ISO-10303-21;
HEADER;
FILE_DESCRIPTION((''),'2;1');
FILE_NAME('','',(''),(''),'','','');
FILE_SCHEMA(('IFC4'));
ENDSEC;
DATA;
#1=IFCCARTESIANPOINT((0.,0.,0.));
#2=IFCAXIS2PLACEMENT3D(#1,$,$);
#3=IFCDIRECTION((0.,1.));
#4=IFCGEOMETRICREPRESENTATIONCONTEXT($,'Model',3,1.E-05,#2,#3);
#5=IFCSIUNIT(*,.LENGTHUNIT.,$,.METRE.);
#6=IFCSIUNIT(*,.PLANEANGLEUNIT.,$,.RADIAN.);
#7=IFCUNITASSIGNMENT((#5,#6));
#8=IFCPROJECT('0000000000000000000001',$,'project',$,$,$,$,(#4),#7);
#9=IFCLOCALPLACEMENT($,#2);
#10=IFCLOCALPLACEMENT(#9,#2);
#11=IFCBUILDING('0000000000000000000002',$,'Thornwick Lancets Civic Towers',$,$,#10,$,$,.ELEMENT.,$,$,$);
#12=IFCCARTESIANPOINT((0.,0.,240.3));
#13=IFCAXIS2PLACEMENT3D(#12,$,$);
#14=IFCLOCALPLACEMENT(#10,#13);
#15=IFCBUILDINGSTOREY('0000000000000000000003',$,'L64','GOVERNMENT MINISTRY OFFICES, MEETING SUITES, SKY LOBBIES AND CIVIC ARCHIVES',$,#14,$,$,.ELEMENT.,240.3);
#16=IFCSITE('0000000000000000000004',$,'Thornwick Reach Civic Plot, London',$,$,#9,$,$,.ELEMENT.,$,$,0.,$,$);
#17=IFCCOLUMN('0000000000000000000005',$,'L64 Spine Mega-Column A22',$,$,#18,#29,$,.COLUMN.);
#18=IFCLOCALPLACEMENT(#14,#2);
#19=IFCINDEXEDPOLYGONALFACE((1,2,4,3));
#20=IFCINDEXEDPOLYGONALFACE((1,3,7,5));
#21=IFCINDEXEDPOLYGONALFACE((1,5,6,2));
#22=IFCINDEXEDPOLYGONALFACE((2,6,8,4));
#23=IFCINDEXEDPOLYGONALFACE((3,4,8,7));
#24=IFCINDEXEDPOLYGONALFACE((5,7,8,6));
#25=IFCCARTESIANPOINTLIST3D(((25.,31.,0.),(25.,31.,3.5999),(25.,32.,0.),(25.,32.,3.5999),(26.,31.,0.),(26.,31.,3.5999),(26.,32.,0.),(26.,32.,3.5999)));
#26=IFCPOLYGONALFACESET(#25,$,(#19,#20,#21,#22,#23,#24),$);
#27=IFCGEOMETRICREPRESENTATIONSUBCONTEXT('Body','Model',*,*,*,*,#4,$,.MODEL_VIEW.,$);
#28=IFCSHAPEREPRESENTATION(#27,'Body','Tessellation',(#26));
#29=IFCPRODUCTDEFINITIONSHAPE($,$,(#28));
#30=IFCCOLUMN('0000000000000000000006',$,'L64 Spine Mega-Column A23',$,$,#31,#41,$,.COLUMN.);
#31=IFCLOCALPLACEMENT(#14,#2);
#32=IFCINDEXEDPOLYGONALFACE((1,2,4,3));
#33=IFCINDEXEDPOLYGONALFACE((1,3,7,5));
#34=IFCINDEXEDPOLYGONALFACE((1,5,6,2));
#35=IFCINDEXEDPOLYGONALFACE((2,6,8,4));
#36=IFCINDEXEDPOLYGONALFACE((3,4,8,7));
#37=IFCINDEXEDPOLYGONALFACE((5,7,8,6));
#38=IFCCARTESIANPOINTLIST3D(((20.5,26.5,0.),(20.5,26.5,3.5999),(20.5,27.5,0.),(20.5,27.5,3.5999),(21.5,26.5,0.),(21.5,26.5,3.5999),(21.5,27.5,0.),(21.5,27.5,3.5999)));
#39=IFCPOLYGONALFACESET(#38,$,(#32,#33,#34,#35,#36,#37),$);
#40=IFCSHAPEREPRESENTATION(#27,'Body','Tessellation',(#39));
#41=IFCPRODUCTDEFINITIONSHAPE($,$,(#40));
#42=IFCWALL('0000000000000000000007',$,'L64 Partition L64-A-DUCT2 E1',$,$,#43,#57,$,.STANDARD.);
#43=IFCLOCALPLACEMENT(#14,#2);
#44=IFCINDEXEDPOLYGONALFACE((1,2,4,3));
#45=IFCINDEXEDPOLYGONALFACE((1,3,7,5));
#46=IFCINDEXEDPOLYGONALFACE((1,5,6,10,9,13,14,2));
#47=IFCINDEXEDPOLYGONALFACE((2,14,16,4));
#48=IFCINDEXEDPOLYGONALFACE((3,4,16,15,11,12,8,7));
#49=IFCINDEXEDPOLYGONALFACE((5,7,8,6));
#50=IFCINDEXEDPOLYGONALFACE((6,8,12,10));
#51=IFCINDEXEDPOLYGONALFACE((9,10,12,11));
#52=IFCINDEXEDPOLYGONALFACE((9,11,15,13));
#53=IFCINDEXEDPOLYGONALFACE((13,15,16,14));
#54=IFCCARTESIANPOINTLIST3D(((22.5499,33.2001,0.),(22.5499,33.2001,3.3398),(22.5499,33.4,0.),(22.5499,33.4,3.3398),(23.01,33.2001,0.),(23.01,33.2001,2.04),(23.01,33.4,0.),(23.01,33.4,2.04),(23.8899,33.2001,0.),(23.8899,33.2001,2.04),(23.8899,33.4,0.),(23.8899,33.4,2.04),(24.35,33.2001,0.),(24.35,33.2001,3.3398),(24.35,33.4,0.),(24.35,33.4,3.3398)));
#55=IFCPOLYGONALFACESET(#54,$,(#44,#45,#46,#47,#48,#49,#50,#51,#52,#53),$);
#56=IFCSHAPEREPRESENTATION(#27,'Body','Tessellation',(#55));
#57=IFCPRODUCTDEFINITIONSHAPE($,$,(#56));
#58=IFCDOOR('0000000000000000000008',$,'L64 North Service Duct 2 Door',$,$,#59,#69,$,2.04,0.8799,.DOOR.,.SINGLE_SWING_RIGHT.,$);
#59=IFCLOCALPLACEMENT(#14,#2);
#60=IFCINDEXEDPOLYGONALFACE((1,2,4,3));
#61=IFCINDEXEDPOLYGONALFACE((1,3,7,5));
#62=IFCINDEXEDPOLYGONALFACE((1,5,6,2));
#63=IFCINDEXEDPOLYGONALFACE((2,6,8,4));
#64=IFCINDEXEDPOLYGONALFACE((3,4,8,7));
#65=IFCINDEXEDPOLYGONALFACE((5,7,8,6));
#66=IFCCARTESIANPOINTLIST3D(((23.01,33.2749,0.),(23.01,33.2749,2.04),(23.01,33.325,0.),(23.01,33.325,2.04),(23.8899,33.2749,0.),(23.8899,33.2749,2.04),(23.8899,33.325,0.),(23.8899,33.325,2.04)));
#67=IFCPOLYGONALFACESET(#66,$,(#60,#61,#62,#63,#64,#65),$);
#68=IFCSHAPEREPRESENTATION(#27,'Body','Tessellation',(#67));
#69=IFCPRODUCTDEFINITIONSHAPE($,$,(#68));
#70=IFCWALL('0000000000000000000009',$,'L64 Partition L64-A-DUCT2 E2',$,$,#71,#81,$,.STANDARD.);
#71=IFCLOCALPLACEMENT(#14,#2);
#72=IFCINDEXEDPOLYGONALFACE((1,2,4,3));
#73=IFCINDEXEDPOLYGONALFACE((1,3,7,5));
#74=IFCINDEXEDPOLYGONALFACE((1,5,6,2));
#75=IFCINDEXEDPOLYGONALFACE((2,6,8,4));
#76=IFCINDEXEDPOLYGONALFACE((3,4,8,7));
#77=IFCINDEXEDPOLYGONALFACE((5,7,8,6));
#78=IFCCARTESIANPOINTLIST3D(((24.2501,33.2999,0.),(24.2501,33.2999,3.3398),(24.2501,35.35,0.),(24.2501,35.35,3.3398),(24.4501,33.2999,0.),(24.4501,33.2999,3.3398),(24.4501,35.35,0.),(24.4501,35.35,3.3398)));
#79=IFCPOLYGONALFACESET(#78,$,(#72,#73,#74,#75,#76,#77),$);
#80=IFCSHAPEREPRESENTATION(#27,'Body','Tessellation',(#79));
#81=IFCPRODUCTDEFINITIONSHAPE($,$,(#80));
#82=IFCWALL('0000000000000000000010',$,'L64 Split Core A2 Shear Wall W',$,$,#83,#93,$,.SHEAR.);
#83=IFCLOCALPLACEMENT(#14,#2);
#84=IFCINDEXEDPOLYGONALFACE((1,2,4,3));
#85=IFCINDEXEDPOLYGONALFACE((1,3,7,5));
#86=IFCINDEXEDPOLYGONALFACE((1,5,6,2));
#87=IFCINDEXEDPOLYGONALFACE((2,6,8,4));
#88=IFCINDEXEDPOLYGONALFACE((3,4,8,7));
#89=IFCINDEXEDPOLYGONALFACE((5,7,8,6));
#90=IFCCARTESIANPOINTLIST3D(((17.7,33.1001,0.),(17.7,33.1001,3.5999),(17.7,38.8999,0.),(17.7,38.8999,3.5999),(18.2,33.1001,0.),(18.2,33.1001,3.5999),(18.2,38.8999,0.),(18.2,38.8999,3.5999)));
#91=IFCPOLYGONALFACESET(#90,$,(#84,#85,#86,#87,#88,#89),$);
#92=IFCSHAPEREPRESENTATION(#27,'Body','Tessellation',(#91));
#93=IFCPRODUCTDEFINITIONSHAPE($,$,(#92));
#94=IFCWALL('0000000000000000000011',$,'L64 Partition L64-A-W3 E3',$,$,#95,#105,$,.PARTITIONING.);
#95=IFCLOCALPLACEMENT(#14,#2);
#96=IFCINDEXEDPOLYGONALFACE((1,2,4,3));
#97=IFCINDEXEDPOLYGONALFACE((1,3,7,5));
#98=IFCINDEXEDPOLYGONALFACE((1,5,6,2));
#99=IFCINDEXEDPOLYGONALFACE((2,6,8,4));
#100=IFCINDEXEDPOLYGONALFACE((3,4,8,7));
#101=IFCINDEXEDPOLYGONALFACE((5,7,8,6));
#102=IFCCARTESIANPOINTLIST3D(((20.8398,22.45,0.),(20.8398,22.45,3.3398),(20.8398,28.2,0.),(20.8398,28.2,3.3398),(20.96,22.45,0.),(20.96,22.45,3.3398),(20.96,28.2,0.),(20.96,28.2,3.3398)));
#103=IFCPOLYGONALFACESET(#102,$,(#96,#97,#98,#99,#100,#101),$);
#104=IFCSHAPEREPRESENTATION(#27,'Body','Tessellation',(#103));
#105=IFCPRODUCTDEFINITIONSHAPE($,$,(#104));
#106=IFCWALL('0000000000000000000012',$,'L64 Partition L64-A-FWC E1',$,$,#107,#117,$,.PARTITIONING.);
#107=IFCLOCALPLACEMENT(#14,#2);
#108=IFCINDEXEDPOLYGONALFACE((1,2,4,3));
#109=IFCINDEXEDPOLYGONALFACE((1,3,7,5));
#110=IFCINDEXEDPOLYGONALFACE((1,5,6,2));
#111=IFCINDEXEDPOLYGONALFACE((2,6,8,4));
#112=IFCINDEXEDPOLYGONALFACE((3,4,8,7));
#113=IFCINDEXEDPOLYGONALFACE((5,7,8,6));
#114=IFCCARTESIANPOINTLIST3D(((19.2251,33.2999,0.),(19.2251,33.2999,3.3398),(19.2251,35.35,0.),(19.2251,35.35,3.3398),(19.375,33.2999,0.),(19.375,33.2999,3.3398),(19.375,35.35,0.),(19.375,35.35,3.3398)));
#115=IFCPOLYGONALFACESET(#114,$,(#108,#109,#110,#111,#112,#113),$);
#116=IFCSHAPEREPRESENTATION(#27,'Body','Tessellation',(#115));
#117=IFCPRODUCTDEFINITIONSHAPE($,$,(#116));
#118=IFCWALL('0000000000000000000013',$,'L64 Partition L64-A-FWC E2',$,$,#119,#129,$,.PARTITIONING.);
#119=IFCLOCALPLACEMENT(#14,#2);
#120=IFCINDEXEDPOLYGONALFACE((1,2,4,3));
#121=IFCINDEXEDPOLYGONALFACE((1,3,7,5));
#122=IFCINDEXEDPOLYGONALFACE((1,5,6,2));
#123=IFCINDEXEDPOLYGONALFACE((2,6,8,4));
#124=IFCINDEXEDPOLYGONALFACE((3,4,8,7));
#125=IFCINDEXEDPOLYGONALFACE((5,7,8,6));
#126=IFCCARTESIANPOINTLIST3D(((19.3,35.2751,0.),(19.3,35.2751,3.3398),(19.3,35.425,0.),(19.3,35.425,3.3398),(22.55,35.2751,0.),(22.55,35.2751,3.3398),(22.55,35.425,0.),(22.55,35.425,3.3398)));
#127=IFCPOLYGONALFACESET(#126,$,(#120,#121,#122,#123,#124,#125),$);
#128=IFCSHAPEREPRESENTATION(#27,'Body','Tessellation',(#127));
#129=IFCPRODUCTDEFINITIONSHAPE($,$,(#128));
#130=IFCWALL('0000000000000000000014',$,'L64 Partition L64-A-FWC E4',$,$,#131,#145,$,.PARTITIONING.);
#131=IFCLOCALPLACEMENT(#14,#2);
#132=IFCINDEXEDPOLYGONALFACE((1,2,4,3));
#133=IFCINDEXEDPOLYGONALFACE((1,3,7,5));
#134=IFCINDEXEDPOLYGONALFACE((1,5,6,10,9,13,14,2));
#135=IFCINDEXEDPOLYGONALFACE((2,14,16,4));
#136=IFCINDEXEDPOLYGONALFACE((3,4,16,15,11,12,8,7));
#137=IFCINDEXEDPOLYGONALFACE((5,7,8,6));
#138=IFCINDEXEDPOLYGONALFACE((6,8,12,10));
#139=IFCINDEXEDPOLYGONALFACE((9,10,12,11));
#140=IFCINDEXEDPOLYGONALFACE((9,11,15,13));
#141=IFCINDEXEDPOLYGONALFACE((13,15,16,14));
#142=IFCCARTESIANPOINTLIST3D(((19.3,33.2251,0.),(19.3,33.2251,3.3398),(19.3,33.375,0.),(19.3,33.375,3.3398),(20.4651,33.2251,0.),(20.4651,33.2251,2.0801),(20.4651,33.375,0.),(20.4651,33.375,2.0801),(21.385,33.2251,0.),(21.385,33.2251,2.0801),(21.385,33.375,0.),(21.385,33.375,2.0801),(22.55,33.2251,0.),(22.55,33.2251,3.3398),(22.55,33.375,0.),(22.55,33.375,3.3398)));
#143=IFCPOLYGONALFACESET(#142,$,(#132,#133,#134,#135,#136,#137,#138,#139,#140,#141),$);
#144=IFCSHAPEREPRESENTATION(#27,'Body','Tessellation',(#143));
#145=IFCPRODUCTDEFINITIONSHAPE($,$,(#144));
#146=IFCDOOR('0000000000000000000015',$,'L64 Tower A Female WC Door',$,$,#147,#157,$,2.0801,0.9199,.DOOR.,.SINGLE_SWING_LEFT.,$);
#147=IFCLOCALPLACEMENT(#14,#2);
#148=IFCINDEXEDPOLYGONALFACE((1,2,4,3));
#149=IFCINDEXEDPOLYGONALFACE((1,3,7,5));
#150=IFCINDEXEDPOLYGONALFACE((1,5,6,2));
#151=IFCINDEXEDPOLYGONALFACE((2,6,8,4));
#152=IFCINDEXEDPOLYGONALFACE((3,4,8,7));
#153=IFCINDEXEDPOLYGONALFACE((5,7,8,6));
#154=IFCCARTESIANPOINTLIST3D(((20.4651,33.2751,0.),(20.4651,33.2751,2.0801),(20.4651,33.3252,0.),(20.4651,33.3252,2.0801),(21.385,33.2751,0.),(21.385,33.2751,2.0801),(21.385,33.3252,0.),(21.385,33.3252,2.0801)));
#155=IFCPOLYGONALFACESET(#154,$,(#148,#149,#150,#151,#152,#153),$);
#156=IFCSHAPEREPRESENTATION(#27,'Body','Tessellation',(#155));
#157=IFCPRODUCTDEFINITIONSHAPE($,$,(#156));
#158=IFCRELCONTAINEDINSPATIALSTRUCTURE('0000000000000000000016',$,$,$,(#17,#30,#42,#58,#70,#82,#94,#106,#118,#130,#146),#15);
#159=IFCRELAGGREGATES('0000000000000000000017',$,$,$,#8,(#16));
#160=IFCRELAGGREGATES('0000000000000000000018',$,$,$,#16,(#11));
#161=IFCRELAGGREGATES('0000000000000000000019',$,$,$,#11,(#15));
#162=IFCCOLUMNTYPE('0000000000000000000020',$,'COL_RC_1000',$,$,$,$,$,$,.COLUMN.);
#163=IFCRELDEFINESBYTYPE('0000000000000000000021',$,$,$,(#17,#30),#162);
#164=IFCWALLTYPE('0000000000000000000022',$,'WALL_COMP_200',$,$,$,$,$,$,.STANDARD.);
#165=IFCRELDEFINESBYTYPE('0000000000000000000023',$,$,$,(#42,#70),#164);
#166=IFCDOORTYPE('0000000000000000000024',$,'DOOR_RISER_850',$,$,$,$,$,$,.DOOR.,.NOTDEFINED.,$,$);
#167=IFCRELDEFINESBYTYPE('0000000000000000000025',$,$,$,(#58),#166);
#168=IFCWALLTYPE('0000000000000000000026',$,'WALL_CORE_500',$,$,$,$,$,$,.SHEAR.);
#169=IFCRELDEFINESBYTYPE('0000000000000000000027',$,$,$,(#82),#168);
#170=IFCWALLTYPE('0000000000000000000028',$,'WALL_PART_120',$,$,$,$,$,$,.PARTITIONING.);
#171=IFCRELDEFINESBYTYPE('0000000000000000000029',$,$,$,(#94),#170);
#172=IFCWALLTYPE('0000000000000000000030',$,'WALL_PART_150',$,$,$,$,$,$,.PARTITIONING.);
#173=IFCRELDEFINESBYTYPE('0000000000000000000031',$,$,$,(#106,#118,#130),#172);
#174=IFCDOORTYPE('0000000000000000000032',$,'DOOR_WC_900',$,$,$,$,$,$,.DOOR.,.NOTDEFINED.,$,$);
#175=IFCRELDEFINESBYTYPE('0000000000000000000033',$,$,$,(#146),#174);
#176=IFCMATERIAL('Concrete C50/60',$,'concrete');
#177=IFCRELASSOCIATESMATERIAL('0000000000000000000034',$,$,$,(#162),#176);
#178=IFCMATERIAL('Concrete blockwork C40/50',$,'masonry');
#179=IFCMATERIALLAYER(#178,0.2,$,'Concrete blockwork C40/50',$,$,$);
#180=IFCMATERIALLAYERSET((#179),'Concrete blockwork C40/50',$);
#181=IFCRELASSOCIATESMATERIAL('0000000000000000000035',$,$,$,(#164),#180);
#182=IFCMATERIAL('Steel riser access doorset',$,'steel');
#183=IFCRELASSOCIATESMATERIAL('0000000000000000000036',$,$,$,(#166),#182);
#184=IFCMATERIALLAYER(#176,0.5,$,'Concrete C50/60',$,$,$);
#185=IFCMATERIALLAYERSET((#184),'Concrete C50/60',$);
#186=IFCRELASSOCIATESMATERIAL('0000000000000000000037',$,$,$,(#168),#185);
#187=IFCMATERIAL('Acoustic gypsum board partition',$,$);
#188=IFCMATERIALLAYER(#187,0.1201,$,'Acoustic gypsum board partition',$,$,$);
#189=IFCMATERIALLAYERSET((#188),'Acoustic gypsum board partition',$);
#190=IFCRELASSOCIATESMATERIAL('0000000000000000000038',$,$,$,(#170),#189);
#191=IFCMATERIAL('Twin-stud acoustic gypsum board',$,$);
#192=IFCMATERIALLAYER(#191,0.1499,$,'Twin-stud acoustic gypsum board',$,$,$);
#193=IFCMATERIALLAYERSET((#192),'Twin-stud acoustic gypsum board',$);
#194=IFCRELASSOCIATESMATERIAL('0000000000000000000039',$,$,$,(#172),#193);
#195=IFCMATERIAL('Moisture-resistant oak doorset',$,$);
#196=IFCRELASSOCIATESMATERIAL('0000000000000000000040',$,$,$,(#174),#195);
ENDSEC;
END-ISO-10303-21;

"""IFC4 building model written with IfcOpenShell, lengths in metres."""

from ifc_helpers import new_model, si_unit, direction, frame, frame_2d, origin, origin_2d, place, context, subcontext, project, spatial, rectangle, extrude, material, layer, layer_set, material_profile, profile_set, type_object, element, fill, save


model = new_model("IFC4")

# Units and contexts
model_context = context("Model", 3, precision=1e-05, world=origin(), true_north=direction((0.0, 1.0)))
body_context = subcontext(model_context, "Body", "Model", "MODEL_VIEW")
ifc_project = project(units=[si_unit("LENGTHUNIT", "METRE"), si_unit("PLANEANGLEUNIT", "RADIAN")], contexts=[model_context])

# Site, building, storey
site_placement = place(None, origin())
site = spatial("IfcSite", under=ifc_project, at=site_placement, Name="Thornwick Reach Civic Plot, London", CompositionType="ELEMENT", RefElevation=0.0)
building_placement = place(site_placement, origin())
building = spatial("IfcBuilding", under=site, at=building_placement, Name="Thornwick Lancets Civic Towers", CompositionType="ELEMENT")
storey_placement = place(building_placement, frame((0.0, 0.0, 240.3)))
storey = spatial("IfcBuildingStorey", under=building, at=storey_placement, Name="L64", Description="GOVERNMENT MINISTRY OFFICES, MEETING SUITES, SKY LOBBIES AND CIVIC ARCHIVES", CompositionType="ELEMENT", Elevation=240.3)

# Columns
ifc_material_1 = material(Name="Concrete C50/60", Category="concrete")
ifc_material_profile = material_profile(ifc_material_1, rectangle(XDim=1.0, YDim=1.0, at=origin_2d()), Name="RC 1000x1000")
ifc_profile_set = profile_set([ifc_material_profile], Name="Concrete C50/60")
column_type = type_object("IfcColumnType", Name="COL_RC_1000", PredefinedType="COLUMN", material=ifc_profile_set)
for number, where, z_axis, x_axis, name in (
    (1, (25.5, 31.5, 0.0), (0.0, 0.0, 1.0), (1.0, 0.0, 0.0), "L64 Spine Mega-Column A22"),
    (2, (21.0, 27.0, 0.0), (0.0, 0.0, 1.0), (1.0, 0.0, 0.0), "L64 Spine Mega-Column A23"),
):
    element("IfcColumn", number, at=place(storey_placement, frame(where, z_axis=z_axis, x_axis=x_axis)), inside=storey, type_object=column_type, Name=name, PredefinedType="COLUMN", context=body_context, shape_type="SweptSolid", body=[
        extrude(rectangle(XDim=1.0, YDim=1.0, at=origin_2d()), origin(), (0.0, 0.0, 1.0), 3.5999),
    ])

# Wall, opening, door
ifc_material_2 = material(Name="Concrete blockwork C40/50", Category="masonry")
ifc_layer_1 = layer(ifc_material_2, 0.2, Name="Concrete blockwork C40/50")
ifc_layer_set_1 = layer_set([ifc_layer_1], Name="Concrete blockwork C40/50")
wall_type_1 = type_object("IfcWallType", Name="WALL_COMP_200", PredefinedType="STANDARD", material=ifc_layer_set_1)
wall_1_placement = place(storey_placement, frame((22.55, 33.3, 0.0), z_axis=(0.0, 0.0, 1.0), x_axis=(1.0, 0.0, 0.0)))
wall_1 = element("IfcWall", 3, at=wall_1_placement, inside=storey, type_object=wall_type_1, Name="L64 Partition L64-A-DUCT2 E1", PredefinedType="STANDARD", context=body_context, shape_type="SweptSolid", body=[
    extrude(rectangle(XDim=1.8, YDim=0.2, at=frame_2d((0.8999, 0.0))), origin(), (0.0, 0.0, 1.0), 3.3398),
])
opening_1_placement = place(wall_1_placement, frame((0.46, 0.0, 0.0)))
opening_1 = element("IfcOpeningElement", 4, at=opening_1_placement, cuts=wall_1, PredefinedType="OPENING", context=body_context, shape_type="SweptSolid", body=[
    extrude(rectangle(XDim=0.8799, YDim=2.04, at=frame_2d((0.4399, 1.02))), frame((0.0, 0.1099, 0.0), z_axis=(0.0, -1.0, 0.0), x_axis=(1.0, 0.0, 0.0)), (0.0, 0.0, 1.0), 0.22),
])
ifc_material_3 = material(Name="Steel riser access doorset", Category="steel")
door_type_1 = type_object("IfcDoorType", Name="DOOR_RISER_850", OperationType="NOTDEFINED", PredefinedType="DOOR", material=ifc_material_3)
door_1_placement = place(opening_1_placement, origin())
door_1 = element("IfcDoor", 5, at=door_1_placement, inside=storey, type_object=door_type_1, Name="L64 North Service Duct 2 Door", OperationType="SINGLE_SWING_RIGHT", OverallHeight=2.04, OverallWidth=0.8799, PredefinedType="DOOR", context=body_context, shape_type="SweptSolid", body=[
    extrude(rectangle(XDim=0.8799, YDim=2.04, at=frame_2d((0.4399, 1.02))), frame((0.0, 0.0249, 0.0), z_axis=(0.0, -1.0, 0.0), x_axis=(1.0, 0.0, 0.0)), (0.0, 0.0, 1.0), 0.05),
])
fill(opening_1, door_1)

# Walls
wall_2_placement = place(storey_placement, frame((24.3501, 33.3, 0.0), z_axis=(0.0, 0.0, 1.0), x_axis=(0.0, 1.0, 0.0)))
element("IfcWall", 6, at=wall_2_placement, inside=storey, type_object=wall_type_1, Name="L64 Partition L64-A-DUCT2 E2", PredefinedType="STANDARD", context=body_context, shape_type="SweptSolid", body=[
    extrude(rectangle(XDim=2.05, YDim=0.2, at=frame_2d((1.0249, 0.0))), origin(), (0.0, 0.0, 1.0), 3.3398),
])
ifc_layer_2 = layer(ifc_material_1, 0.5, Name="Concrete C50/60")
ifc_layer_set_2 = layer_set([ifc_layer_2], Name="Concrete C50/60")
wall_type_2 = type_object("IfcWallType", Name="WALL_CORE_500", PredefinedType="SHEAR", material=ifc_layer_set_2)
wall_3_placement = place(storey_placement, frame((17.95, 33.1001, 0.0), z_axis=(0.0, 0.0, 1.0), x_axis=(0.0, 1.0, 0.0)))
element("IfcWall", 7, at=wall_3_placement, inside=storey, type_object=wall_type_2, Name="L64 Split Core A2 Shear Wall W", PredefinedType="SHEAR", context=body_context, shape_type="SweptSolid", body=[
    extrude(rectangle(XDim=5.7998, YDim=0.5, at=frame_2d((2.8999, 0.0))), origin(), (0.0, 0.0, 1.0), 3.5999),
])
ifc_material_4 = material(Name="Acoustic gypsum board partition")
ifc_layer_3 = layer(ifc_material_4, 0.1201, Name="Acoustic gypsum board partition")
ifc_layer_set_3 = layer_set([ifc_layer_3], Name="Acoustic gypsum board partition")
wall_type_3 = type_object("IfcWallType", Name="WALL_PART_120", PredefinedType="PARTITIONING", material=ifc_layer_set_3)
wall_4_placement = place(storey_placement, frame((20.8999, 28.2, 0.0), z_axis=(0.0, 0.0, 1.0), x_axis=(0.0, -1.0, 0.0)))
element("IfcWall", 8, at=wall_4_placement, inside=storey, type_object=wall_type_3, Name="L64 Partition L64-A-W3 E3", PredefinedType="PARTITIONING", context=body_context, shape_type="SweptSolid", body=[
    extrude(rectangle(XDim=5.75, YDim=0.1201, at=frame_2d((2.875, 0.0))), origin(), (0.0, 0.0, 1.0), 3.3398),
])
ifc_material_5 = material(Name="Twin-stud acoustic gypsum board")
ifc_layer_4 = layer(ifc_material_5, 0.1499, Name="Twin-stud acoustic gypsum board")
ifc_layer_set_4 = layer_set([ifc_layer_4], Name="Twin-stud acoustic gypsum board")
wall_type_4 = type_object("IfcWallType", Name="WALL_PART_150", PredefinedType="PARTITIONING", material=ifc_layer_set_4)
wall_5_placement = place(storey_placement, frame((19.3, 33.3, 0.0), z_axis=(0.0, 0.0, 1.0), x_axis=(0.0, 1.0, 0.0)))
element("IfcWall", 9, at=wall_5_placement, inside=storey, type_object=wall_type_4, Name="L64 Partition L64-A-FWC E1", PredefinedType="PARTITIONING", context=body_context, shape_type="SweptSolid", body=[
    extrude(rectangle(XDim=2.05, YDim=0.1499, at=frame_2d((1.0249, 0.0))), origin(), (0.0, 0.0, 1.0), 3.3398),
])
wall_6_placement = place(storey_placement, frame((19.3, 35.3501, 0.0), z_axis=(0.0, 0.0, 1.0), x_axis=(1.0, 0.0, 0.0)))
element("IfcWall", 10, at=wall_6_placement, inside=storey, type_object=wall_type_4, Name="L64 Partition L64-A-FWC E2", PredefinedType="PARTITIONING", context=body_context, shape_type="SweptSolid", body=[
    extrude(rectangle(XDim=3.25, YDim=0.1499, at=frame_2d((1.625, 0.0))), origin(), (0.0, 0.0, 1.0), 3.3398),
])

# Wall, opening, door
wall_7_placement = place(storey_placement, frame((22.55, 33.3, 0.0), z_axis=(0.0, 0.0, 1.0), x_axis=(-1.0, 0.0, 0.0)))
wall_7 = element("IfcWall", 11, at=wall_7_placement, inside=storey, type_object=wall_type_4, Name="L64 Partition L64-A-FWC E4", PredefinedType="PARTITIONING", context=body_context, shape_type="SweptSolid", body=[
    extrude(rectangle(XDim=3.25, YDim=0.1499, at=frame_2d((1.625, 0.0))), origin(), (0.0, 0.0, 1.0), 3.3398),
])
opening_2_placement = place(wall_7_placement, frame((1.165, 0.0, 0.0)))
opening_2 = element("IfcOpeningElement", 12, at=opening_2_placement, cuts=wall_7, PredefinedType="OPENING", context=body_context, shape_type="SweptSolid", body=[
    extrude(rectangle(XDim=0.9199, YDim=2.0801, at=frame_2d((0.46, 1.04))), frame((0.0, 0.085, 0.0), z_axis=(0.0, -1.0, 0.0), x_axis=(1.0, 0.0, 0.0)), (0.0, 0.0, 1.0), 0.1699),
])
ifc_material_6 = material(Name="Moisture-resistant oak doorset")
door_type_2 = type_object("IfcDoorType", Name="DOOR_WC_900", OperationType="NOTDEFINED", PredefinedType="DOOR", material=ifc_material_6)
door_2_placement = place(opening_2_placement, origin())
door_2 = element("IfcDoor", 13, at=door_2_placement, inside=storey, type_object=door_type_2, Name="L64 Tower A Female WC Door", OperationType="SINGLE_SWING_LEFT", OverallHeight=2.0801, OverallWidth=0.9199, PredefinedType="DOOR", context=body_context, shape_type="SweptSolid", body=[
    extrude(rectangle(XDim=0.9199, YDim=2.0801, at=frame_2d((0.46, 1.04))), frame((0.0, 0.0249, 0.0), z_axis=(0.0, -1.0, 0.0), x_axis=(1.0, 0.0, 0.0)), (0.0, 0.0, 1.0), 0.05),
])
fill(opening_2, door_2)

save(model, "model.ifc")
